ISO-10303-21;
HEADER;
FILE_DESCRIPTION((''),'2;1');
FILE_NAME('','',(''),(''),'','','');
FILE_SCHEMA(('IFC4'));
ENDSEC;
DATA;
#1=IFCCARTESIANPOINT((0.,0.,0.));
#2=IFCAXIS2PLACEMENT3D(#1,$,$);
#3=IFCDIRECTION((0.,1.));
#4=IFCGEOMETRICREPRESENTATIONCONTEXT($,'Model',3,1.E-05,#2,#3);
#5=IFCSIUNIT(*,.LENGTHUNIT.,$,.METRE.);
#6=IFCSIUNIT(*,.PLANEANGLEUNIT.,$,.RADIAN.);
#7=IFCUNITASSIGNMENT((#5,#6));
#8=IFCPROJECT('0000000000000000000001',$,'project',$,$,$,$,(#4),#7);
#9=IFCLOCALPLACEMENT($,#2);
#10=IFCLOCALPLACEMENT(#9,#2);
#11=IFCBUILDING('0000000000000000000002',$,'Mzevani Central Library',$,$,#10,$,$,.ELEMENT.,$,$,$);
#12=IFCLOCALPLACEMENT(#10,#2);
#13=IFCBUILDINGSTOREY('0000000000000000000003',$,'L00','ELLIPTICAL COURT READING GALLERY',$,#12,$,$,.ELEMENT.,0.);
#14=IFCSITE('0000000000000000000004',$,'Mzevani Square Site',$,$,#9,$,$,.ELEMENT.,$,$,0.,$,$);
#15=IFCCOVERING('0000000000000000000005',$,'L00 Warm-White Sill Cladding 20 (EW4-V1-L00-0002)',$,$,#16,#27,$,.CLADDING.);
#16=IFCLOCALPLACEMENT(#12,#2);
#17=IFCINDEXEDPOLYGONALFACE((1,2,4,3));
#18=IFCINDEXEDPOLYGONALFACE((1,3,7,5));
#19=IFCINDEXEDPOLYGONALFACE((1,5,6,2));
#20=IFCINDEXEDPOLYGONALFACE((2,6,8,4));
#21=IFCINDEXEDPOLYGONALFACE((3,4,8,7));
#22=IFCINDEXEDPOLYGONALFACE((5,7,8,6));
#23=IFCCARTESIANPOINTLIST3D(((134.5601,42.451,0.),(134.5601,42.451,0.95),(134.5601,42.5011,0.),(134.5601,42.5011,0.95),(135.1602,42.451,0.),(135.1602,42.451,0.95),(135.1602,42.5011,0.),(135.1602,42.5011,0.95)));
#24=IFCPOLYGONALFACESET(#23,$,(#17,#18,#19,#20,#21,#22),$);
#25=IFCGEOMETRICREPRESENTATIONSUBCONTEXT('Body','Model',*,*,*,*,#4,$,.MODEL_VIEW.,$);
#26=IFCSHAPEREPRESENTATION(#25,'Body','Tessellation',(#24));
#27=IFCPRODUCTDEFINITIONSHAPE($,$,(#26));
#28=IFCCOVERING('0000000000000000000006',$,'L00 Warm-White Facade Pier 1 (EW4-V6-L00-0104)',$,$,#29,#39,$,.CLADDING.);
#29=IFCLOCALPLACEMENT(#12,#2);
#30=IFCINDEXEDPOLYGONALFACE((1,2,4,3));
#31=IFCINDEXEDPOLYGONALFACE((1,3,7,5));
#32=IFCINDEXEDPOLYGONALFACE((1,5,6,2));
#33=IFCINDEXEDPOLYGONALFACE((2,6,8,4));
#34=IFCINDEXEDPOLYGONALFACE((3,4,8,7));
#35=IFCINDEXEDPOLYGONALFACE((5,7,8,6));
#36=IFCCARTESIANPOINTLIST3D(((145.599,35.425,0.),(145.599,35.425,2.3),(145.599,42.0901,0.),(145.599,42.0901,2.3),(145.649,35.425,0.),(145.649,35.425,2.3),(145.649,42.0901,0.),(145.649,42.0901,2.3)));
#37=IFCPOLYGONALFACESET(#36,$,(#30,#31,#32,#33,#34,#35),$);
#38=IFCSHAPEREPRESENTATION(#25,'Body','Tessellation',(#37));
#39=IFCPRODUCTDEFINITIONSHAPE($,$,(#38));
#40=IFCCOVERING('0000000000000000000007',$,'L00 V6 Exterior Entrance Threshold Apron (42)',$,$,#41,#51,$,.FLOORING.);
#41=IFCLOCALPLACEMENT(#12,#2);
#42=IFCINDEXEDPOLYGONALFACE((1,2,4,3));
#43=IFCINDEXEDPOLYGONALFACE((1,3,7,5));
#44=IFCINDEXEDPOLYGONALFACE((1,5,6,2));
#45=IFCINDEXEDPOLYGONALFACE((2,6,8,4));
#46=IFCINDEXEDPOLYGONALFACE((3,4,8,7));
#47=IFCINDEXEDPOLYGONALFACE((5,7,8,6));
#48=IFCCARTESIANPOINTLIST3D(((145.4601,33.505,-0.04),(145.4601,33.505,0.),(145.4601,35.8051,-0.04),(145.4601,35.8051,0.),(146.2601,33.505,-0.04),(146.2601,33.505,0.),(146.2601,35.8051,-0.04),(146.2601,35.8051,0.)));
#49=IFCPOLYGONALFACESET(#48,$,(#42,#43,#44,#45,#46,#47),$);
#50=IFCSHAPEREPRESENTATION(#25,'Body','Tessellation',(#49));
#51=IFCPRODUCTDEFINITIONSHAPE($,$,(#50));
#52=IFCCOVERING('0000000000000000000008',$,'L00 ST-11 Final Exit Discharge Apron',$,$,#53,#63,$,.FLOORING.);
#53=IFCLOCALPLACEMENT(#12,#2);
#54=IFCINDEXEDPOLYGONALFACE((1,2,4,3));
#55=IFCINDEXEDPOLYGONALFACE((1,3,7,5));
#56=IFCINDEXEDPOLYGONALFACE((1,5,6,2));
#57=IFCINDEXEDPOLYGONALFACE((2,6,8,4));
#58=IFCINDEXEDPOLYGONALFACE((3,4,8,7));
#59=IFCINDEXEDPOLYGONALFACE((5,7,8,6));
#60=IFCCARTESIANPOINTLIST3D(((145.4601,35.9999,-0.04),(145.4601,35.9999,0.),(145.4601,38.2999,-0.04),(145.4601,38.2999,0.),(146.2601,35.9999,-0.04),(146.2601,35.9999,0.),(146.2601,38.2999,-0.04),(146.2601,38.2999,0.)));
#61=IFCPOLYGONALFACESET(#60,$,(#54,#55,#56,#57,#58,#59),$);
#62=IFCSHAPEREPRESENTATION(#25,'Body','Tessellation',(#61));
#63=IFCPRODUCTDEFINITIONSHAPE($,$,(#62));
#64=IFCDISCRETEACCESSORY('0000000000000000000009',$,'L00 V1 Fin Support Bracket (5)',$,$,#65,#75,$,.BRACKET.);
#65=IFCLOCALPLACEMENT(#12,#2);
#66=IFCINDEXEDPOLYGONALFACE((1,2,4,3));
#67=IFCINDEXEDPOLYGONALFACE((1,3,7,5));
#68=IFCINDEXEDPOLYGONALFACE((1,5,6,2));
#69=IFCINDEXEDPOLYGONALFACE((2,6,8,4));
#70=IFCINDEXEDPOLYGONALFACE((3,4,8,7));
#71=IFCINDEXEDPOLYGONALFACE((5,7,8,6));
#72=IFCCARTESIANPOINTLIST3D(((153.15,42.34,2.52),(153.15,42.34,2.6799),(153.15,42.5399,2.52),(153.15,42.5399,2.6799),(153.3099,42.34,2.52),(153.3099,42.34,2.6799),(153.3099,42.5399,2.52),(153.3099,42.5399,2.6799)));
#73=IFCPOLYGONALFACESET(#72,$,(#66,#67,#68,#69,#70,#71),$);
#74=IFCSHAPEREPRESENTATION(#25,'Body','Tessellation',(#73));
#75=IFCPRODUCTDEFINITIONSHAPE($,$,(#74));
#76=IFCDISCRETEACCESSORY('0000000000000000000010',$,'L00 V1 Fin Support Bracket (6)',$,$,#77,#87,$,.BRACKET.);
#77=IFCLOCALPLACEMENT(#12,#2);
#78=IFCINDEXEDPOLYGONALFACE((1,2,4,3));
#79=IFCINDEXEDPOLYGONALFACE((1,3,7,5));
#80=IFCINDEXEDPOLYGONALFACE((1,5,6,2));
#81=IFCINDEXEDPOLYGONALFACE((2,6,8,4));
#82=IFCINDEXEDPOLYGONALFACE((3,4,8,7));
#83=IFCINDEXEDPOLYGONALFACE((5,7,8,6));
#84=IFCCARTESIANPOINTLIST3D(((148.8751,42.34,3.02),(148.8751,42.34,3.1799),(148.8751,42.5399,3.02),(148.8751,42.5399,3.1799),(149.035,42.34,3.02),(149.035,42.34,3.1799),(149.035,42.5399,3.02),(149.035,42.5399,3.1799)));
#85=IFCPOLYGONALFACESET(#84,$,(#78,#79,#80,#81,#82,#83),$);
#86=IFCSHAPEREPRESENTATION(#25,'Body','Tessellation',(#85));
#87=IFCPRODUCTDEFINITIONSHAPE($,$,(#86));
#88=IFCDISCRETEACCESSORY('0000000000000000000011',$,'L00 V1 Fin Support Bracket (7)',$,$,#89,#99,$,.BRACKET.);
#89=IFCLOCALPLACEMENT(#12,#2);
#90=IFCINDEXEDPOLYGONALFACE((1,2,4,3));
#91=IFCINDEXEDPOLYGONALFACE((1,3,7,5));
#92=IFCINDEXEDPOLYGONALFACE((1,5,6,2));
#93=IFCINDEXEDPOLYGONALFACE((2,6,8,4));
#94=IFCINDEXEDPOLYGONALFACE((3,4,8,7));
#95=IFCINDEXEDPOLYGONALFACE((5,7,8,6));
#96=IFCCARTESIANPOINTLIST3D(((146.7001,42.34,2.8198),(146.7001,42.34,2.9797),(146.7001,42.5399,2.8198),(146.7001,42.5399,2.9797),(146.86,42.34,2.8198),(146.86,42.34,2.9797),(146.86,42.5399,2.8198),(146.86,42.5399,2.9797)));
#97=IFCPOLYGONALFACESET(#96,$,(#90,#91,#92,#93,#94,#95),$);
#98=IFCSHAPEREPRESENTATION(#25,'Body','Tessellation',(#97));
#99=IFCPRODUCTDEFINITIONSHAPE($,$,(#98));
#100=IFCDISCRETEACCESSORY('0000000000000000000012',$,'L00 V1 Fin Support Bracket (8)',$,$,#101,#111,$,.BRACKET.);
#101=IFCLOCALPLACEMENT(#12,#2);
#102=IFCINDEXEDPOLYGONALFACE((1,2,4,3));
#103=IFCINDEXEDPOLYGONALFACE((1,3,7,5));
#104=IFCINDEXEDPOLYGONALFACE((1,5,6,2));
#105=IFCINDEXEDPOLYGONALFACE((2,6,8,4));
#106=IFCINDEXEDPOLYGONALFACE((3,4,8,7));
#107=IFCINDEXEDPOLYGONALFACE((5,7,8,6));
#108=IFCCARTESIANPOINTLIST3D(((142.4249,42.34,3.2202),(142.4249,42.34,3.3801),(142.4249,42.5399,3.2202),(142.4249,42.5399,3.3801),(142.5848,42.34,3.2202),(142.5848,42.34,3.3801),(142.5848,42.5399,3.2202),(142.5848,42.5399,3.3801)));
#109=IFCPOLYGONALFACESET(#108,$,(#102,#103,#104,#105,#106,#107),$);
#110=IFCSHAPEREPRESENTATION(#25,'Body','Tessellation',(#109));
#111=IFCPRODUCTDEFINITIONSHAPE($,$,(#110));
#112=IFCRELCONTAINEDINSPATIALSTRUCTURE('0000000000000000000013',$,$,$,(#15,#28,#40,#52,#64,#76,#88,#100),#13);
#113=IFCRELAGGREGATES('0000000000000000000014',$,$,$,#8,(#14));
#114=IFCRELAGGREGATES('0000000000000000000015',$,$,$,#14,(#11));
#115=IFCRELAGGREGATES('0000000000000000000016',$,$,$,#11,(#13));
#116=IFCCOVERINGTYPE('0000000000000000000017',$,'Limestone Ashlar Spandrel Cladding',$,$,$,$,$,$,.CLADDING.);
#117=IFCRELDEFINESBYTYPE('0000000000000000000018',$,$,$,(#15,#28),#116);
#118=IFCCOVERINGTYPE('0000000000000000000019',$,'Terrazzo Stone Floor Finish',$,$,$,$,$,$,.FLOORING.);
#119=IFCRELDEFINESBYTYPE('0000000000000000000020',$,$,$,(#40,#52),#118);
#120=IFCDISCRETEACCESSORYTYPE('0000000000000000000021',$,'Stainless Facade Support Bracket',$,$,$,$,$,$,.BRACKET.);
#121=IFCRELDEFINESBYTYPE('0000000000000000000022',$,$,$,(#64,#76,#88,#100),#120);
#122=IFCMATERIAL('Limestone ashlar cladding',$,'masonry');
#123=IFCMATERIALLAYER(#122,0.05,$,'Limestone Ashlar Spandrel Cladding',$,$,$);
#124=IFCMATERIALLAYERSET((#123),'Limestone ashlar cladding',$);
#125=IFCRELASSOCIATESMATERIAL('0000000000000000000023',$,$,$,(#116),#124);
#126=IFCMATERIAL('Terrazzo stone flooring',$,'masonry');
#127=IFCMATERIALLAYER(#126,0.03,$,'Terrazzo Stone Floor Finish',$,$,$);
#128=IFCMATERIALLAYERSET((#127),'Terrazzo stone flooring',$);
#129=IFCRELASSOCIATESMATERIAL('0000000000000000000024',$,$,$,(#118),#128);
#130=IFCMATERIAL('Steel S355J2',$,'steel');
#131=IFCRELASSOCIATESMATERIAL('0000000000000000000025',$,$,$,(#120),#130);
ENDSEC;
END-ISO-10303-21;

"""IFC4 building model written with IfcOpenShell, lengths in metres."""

from ifc_helpers import new_model, si_unit, direction, frame, origin, origin_2d, place, context, subcontext, project, spatial, rectangle, extrude, material, layer, layer_set, type_object, element, save


model = new_model("IFC4")

# Units and contexts
model_context = context("Model", 3, precision=1e-05, world=origin(), true_north=direction((0.0, 1.0)))
body_context = subcontext(model_context, "Body", "Model", "MODEL_VIEW")
ifc_project = project(units=[si_unit("LENGTHUNIT", "METRE"), si_unit("PLANEANGLEUNIT", "RADIAN")], contexts=[model_context])

# Site, building, storey
site_placement = place(None, origin())
site = spatial("IfcSite", under=ifc_project, at=site_placement, Name="Mzevani Square Site", CompositionType="ELEMENT", RefElevation=0.0)
building_placement = place(site_placement, origin())
building = spatial("IfcBuilding", under=site, at=building_placement, Name="Mzevani Central Library", CompositionType="ELEMENT")
storey_placement = place(building_placement, origin())
storey = spatial("IfcBuildingStorey", under=building, at=storey_placement, Name="L00", Description="ELLIPTICAL COURT READING GALLERY", CompositionType="ELEMENT", Elevation=0.0)

# Coverings
ifc_material_1 = material(Name="Limestone ashlar cladding", Category="masonry")
ifc_layer_1 = layer(ifc_material_1, 0.05, Name="Limestone Ashlar Spandrel Cladding")
ifc_layer_set_1 = layer_set([ifc_layer_1], Name="Limestone ashlar cladding")
covering_type_1 = type_object("IfcCoveringType", Name="Limestone Ashlar Spandrel Cladding", PredefinedType="CLADDING", material=ifc_layer_set_1)
covering_1_placement = place(storey_placement, frame((134.8601, 42.4761, 0.0), z_axis=(0.0, 0.0, 1.0), x_axis=(-1.0, 0.0, 0.0)))
element("IfcCovering", 1, at=covering_1_placement, inside=storey, type_object=covering_type_1, Name="L00 Warm-White Sill Cladding 20 (EW4-V1-L00-0002)", PredefinedType="CLADDING", context=body_context, shape_type="SweptSolid", body=[
    extrude(rectangle(XDim=0.6001, YDim=0.05, at=origin_2d()), origin(), (0.0, 0.0, 1.0), 0.95),
])
covering_2_placement = place(storey_placement, frame((145.624, 38.7576, 0.0), z_axis=(0.0, 0.0, 1.0), x_axis=(0.0, -1.0, 0.0)))
element("IfcCovering", 2, at=covering_2_placement, inside=storey, type_object=covering_type_1, Name="L00 Warm-White Facade Pier 1 (EW4-V6-L00-0104)", PredefinedType="CLADDING", context=body_context, shape_type="SweptSolid", body=[
    extrude(rectangle(XDim=6.665, YDim=0.05, at=origin_2d()), origin(), (0.0, 0.0, 1.0), 2.3),
])
ifc_material_2 = material(Name="Terrazzo stone flooring", Category="masonry")
ifc_layer_2 = layer(ifc_material_2, 0.03, Name="Terrazzo Stone Floor Finish")
ifc_layer_set_2 = layer_set([ifc_layer_2], Name="Terrazzo stone flooring")
covering_type_2 = type_object("IfcCoveringType", Name="Terrazzo Stone Floor Finish", PredefinedType="FLOORING", material=ifc_layer_set_2)
for number, where, z_axis, x_axis, name in (
    (3, (145.8601, 34.655, -0.04), (0.0, 0.0, 1.0), (0.0, -1.0, 0.0), "L00 V6 Exterior Entrance Threshold Apron (42)"),
    (4, (145.8601, 37.1499, -0.04), (0.0, 0.0, 1.0), (0.0, -1.0, 0.0), "L00 ST-11 Final Exit Discharge Apron"),
):
    element("IfcCovering", number, at=place(storey_placement, frame(where, z_axis=z_axis, x_axis=x_axis)), inside=storey, type_object=covering_type_2, Name=name, PredefinedType="FLOORING", context=body_context, shape_type="SweptSolid", body=[
        extrude(rectangle(XDim=2.3, YDim=0.8, at=origin_2d()), origin(), (0.0, 0.0, 1.0), 0.04),
    ])

# Discrete accessories
ifc_material_3 = material(Name="Steel S355J2", Category="steel")
discrete_accessory_type = type_object("IfcDiscreteAccessoryType", Name="Stainless Facade Support Bracket", PredefinedType="BRACKET", material=ifc_material_3)
for number, where, z_axis, x_axis, name in (
    (5, (153.23, 42.4399, 2.52), (0.0, 0.0, 1.0), (-1.0, 0.0, 0.0), "L00 V1 Fin Support Bracket (5)"),
    (6, (148.9551, 42.4399, 3.02), (0.0, 0.0, 1.0), (-1.0, 0.0, 0.0), "L00 V1 Fin Support Bracket (6)"),
    (7, (146.78, 42.4399, 2.8198), (0.0, 0.0, 1.0), (-1.0, 0.0, 0.0), "L00 V1 Fin Support Bracket (7)"),
    (8, (142.5049, 42.4399, 3.2202), (0.0, 0.0, 1.0), (-1.0, 0.0, 0.0), "L00 V1 Fin Support Bracket (8)"),
):
    element("IfcDiscreteAccessory", number, at=place(storey_placement, frame(where, z_axis=z_axis, x_axis=x_axis)), inside=storey, type_object=discrete_accessory_type, Name=name, PredefinedType="BRACKET", context=body_context, shape_type="SweptSolid", body=[
        extrude(rectangle(XDim=0.1599, YDim=0.2, at=origin_2d()), origin(), (0.0, 0.0, 1.0), 0.1599),
    ])

save(model, "model.ifc")
